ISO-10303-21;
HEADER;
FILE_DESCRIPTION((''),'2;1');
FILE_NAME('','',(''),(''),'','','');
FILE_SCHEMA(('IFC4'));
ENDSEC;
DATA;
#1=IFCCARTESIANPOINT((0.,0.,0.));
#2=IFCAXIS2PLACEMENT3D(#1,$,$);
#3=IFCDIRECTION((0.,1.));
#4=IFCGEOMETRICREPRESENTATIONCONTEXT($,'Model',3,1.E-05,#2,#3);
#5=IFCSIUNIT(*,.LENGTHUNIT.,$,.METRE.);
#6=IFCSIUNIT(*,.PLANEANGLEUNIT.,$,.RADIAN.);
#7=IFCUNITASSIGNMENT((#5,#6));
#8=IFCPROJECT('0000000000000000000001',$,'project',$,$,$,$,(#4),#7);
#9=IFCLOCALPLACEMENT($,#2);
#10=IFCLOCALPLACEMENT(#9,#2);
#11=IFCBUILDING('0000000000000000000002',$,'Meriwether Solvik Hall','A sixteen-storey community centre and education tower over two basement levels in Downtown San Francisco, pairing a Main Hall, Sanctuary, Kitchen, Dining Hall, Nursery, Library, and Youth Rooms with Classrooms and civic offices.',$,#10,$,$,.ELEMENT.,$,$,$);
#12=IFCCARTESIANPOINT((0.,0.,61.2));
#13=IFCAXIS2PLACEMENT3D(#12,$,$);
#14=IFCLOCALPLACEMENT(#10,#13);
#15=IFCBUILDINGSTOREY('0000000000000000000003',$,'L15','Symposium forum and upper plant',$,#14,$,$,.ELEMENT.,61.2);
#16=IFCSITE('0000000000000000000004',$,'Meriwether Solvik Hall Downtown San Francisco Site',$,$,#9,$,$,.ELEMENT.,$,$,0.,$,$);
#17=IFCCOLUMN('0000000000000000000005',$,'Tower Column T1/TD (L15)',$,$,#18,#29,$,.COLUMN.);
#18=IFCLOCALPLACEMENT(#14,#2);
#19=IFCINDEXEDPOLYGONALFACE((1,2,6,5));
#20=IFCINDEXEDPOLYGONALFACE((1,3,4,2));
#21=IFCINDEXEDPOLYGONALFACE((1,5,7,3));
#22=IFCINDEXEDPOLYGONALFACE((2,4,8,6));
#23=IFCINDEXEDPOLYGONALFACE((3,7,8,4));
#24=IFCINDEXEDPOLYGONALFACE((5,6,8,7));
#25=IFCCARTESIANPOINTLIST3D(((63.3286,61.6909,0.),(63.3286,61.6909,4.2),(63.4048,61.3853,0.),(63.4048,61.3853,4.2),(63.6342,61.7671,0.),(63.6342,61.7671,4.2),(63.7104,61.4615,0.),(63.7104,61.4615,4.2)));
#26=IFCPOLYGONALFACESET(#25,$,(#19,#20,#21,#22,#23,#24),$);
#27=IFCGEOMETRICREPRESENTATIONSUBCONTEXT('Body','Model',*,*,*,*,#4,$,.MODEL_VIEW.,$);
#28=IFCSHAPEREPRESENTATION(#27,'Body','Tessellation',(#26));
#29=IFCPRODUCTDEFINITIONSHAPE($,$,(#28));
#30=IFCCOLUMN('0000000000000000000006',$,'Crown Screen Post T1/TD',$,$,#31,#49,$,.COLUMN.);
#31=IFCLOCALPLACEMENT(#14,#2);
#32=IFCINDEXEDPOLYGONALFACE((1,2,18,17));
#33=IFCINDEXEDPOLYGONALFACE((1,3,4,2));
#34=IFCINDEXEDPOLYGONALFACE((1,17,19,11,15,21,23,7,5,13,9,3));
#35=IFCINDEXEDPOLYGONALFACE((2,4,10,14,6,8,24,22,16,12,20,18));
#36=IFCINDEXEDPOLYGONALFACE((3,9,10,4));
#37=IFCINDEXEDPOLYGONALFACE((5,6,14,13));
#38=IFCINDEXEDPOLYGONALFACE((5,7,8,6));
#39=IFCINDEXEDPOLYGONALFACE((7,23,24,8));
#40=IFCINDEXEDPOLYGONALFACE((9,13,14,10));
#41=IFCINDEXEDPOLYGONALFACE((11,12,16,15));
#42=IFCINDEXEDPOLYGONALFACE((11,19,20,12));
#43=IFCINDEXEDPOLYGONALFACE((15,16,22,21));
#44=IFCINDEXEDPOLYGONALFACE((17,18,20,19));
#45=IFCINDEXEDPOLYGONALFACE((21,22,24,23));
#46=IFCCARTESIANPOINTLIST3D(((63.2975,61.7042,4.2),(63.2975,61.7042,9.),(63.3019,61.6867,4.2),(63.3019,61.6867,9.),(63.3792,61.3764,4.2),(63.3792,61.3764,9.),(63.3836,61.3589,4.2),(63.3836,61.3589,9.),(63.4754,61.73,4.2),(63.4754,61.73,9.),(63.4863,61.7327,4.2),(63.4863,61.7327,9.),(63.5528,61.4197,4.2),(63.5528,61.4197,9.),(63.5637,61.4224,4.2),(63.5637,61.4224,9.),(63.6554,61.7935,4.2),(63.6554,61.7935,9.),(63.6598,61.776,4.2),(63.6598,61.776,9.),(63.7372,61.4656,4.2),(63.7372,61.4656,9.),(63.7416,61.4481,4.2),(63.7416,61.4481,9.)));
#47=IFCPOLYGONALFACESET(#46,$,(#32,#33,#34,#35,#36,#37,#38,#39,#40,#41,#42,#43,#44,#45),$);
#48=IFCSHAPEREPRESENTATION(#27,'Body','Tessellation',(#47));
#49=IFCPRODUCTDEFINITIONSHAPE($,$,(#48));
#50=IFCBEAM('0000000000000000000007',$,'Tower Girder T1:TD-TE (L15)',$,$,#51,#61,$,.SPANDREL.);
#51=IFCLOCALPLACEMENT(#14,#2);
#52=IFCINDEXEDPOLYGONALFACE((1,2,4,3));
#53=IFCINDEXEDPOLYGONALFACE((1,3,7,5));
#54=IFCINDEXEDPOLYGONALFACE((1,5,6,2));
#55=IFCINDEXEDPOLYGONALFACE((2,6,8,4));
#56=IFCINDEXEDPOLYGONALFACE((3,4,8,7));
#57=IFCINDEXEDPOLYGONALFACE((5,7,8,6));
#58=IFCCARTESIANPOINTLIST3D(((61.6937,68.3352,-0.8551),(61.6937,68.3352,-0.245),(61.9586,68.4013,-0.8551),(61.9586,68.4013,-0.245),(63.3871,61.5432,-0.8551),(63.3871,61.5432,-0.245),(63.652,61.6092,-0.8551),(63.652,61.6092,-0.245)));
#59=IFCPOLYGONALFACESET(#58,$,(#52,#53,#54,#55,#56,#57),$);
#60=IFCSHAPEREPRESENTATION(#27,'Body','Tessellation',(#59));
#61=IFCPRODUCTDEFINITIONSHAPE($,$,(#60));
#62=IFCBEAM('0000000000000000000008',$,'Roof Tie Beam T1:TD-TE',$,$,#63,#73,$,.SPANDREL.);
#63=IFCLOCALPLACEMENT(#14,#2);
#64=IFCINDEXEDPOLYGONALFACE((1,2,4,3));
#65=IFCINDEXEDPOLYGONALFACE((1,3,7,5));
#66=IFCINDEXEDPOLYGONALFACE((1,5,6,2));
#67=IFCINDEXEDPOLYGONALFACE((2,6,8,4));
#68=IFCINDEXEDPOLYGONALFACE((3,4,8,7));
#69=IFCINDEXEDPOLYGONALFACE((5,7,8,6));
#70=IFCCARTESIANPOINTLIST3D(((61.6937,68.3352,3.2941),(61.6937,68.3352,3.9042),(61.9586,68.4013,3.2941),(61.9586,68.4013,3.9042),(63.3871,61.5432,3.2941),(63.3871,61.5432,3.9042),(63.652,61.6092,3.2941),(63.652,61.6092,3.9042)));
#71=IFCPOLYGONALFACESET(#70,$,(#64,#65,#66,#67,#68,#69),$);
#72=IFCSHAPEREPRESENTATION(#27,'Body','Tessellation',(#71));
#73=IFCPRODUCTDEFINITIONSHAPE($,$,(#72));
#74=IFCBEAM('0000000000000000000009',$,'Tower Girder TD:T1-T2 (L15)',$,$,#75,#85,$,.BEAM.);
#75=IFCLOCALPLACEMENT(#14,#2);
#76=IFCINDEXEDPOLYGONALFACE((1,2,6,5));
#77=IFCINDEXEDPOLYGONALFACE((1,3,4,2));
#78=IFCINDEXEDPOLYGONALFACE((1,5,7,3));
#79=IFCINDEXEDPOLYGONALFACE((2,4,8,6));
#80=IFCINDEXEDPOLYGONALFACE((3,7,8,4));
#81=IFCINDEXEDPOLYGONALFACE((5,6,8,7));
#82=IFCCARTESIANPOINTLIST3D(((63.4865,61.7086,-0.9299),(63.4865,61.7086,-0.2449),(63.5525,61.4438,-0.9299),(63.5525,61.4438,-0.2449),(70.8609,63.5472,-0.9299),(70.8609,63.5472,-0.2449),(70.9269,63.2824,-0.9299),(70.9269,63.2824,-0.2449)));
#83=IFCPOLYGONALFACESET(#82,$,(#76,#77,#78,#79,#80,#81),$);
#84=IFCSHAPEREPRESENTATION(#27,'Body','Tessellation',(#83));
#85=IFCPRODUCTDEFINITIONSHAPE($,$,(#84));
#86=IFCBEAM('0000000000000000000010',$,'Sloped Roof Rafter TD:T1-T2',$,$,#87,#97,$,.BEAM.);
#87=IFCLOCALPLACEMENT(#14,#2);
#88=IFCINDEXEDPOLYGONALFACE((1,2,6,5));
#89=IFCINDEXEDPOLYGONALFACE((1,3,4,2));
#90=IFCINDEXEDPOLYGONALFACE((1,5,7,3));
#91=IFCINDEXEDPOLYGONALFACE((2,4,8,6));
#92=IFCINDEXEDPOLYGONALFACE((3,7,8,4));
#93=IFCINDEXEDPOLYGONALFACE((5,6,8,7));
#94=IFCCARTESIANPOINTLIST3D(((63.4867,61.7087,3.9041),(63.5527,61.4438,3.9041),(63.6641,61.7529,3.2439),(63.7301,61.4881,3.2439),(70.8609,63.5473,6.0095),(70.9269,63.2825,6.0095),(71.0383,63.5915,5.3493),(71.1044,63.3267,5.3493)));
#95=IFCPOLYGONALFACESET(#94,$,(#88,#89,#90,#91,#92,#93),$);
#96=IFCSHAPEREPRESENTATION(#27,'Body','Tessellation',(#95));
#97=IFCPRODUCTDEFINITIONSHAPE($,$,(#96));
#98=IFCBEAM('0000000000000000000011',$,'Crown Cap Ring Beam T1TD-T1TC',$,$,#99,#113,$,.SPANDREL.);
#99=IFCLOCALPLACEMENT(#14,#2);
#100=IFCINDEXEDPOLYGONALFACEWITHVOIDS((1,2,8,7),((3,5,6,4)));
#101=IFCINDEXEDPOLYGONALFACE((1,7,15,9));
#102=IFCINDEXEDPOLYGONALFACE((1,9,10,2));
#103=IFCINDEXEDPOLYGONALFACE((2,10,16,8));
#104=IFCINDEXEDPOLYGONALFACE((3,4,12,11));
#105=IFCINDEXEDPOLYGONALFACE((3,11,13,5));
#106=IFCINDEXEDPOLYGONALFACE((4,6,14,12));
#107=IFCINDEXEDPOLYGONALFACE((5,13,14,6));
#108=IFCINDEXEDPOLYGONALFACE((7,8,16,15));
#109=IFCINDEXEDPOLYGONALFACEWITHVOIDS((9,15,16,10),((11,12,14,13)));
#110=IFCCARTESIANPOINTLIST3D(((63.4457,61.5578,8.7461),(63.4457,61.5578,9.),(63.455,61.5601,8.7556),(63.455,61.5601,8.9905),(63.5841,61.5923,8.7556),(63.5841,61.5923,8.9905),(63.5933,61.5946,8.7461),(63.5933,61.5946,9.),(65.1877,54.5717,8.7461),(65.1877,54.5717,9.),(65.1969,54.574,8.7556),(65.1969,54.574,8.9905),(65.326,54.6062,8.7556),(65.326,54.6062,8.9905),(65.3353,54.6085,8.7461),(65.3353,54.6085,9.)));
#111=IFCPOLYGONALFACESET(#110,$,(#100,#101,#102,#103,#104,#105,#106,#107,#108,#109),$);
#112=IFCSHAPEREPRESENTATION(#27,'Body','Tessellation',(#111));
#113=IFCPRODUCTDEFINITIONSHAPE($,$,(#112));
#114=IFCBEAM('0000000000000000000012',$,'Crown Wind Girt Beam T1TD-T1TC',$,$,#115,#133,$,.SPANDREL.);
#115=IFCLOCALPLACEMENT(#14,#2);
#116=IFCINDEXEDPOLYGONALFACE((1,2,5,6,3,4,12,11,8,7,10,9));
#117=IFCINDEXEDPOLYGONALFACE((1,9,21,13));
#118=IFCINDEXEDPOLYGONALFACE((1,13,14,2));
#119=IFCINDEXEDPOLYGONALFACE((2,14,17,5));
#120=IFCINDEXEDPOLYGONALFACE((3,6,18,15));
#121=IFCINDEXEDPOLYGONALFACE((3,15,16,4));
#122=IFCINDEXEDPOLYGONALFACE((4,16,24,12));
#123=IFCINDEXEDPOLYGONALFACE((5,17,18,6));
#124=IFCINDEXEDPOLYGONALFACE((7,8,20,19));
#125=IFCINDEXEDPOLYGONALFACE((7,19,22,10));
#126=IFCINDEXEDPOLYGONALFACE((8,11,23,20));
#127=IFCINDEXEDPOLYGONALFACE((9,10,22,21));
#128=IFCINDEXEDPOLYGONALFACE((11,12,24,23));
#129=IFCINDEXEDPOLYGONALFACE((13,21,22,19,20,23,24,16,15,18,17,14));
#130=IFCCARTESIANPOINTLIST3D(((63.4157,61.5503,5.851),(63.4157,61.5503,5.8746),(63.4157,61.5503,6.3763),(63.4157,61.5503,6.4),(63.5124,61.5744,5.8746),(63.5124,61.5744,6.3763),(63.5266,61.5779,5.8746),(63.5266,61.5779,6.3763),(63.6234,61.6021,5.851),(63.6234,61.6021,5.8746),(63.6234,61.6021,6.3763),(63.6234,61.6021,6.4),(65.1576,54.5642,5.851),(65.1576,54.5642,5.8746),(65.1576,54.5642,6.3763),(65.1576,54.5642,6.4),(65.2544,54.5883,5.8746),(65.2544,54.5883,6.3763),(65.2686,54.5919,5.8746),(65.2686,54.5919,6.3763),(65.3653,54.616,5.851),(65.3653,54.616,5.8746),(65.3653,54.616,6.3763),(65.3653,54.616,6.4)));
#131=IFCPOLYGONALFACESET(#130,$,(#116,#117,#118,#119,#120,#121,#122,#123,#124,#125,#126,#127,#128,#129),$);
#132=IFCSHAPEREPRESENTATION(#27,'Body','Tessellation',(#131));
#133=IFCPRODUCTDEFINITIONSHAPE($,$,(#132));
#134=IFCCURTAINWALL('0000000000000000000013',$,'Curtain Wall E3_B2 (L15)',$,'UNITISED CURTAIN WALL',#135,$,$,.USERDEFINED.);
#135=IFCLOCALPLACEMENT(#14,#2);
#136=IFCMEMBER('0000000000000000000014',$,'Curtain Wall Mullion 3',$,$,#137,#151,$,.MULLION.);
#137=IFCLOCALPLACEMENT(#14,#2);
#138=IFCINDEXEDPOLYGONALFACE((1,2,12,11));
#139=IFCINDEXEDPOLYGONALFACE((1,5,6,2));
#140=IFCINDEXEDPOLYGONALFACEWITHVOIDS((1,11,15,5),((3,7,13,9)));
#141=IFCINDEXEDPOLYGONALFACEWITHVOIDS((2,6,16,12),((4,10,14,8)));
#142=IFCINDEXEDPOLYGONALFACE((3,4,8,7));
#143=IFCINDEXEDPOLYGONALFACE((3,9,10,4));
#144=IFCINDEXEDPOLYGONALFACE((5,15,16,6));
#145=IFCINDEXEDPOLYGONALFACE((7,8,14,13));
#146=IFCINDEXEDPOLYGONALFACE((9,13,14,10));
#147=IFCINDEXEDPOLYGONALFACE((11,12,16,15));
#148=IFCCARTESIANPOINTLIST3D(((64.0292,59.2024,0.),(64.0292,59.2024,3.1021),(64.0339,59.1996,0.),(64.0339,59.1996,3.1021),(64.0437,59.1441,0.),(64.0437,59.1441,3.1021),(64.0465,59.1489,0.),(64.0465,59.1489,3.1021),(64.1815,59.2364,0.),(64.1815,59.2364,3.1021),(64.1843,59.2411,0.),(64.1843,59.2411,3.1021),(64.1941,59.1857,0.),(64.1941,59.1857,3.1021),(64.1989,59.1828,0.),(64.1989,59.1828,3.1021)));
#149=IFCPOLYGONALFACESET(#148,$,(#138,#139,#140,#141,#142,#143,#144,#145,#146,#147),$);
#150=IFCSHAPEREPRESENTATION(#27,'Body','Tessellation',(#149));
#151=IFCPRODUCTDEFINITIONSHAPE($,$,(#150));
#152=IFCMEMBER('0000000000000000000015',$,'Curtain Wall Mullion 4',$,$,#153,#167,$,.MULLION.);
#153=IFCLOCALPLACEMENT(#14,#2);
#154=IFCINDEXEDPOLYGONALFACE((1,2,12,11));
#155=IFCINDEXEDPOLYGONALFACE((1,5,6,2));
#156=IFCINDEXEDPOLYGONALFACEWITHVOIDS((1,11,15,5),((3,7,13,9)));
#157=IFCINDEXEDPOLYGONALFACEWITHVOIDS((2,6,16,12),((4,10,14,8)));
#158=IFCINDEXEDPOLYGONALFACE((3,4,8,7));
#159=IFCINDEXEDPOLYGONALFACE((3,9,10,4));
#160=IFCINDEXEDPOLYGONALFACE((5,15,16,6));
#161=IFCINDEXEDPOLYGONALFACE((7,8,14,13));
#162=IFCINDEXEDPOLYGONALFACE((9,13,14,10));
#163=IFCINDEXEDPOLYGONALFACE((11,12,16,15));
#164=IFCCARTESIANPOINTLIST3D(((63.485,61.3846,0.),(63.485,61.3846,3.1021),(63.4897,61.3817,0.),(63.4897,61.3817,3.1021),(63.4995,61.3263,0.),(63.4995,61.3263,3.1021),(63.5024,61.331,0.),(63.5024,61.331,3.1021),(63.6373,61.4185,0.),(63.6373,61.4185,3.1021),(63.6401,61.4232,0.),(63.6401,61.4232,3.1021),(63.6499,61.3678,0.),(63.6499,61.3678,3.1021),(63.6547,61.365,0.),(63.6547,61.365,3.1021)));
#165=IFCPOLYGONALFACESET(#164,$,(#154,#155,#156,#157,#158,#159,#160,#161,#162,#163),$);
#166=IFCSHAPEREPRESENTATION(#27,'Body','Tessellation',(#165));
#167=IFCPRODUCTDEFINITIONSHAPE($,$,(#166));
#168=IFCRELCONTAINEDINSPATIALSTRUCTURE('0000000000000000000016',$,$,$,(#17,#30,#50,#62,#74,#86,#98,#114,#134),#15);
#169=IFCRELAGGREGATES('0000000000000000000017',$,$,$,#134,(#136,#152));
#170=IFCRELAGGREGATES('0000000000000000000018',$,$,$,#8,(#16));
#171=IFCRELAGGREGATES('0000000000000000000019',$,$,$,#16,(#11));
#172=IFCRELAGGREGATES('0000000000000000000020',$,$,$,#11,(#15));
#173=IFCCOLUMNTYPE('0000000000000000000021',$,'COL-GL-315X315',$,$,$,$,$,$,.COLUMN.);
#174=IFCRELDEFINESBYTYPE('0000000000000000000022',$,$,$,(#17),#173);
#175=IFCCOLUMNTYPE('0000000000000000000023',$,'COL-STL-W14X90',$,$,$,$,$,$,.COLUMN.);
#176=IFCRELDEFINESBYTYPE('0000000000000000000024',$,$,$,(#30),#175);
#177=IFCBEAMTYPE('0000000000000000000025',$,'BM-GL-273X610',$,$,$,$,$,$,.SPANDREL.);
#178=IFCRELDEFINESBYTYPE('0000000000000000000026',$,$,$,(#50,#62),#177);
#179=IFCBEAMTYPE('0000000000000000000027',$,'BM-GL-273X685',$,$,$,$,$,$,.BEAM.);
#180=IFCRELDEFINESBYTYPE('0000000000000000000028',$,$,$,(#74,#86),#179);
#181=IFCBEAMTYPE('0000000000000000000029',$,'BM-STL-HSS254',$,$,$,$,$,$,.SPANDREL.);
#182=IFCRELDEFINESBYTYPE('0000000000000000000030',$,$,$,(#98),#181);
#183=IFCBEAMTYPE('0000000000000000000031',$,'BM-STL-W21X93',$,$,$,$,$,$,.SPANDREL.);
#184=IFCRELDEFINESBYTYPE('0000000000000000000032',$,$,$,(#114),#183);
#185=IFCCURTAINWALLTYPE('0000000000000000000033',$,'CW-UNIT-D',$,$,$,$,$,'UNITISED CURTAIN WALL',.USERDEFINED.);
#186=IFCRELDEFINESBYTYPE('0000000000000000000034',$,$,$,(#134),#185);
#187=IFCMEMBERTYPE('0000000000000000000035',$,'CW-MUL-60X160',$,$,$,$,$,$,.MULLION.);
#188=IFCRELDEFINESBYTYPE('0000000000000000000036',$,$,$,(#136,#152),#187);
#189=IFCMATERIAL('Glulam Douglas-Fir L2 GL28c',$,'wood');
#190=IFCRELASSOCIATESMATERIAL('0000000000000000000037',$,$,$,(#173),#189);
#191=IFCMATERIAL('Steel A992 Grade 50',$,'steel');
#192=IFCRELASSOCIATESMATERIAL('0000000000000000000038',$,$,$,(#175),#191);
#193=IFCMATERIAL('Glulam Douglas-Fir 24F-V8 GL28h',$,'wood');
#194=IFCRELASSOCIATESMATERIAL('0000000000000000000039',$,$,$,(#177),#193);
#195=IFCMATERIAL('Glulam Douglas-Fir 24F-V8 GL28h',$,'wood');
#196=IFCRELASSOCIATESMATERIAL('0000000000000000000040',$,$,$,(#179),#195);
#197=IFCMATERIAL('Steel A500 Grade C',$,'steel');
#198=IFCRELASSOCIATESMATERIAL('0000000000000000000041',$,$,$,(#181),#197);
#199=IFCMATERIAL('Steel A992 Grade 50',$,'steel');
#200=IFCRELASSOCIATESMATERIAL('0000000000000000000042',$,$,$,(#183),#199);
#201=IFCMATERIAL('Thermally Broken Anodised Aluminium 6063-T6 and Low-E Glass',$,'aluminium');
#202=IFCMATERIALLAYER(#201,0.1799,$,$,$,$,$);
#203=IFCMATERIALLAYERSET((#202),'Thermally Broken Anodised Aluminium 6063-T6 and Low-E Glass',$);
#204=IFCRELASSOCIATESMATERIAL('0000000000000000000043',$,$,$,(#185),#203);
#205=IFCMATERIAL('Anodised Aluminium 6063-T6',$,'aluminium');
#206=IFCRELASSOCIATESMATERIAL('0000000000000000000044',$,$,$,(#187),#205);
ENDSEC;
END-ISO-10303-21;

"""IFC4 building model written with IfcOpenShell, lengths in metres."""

from ifc_helpers import new_model, si_unit, direction, frame, origin, origin_2d, place, context, subcontext, project, spatial, rectangle, hollow_rectangle, i_section, extrude, material, layer, layer_set, material_profile, profile_set, type_object, element, aggregate, save


model = new_model("IFC4")

# Units and contexts
model_context = context("Model", 3, precision=1e-05, world=origin(), true_north=direction((0.0, 1.0)))
body_context = subcontext(model_context, "Body", "Model", "MODEL_VIEW")
ifc_project = project(units=[si_unit("LENGTHUNIT", "METRE"), si_unit("PLANEANGLEUNIT", "RADIAN")], contexts=[model_context])

# Site, building, storey
site_placement = place(None, origin())
site = spatial("IfcSite", under=ifc_project, at=site_placement, Name="Meriwether Solvik Hall Downtown San Francisco Site", CompositionType="ELEMENT", RefElevation=0.0)
building_placement = place(site_placement, origin())
building = spatial("IfcBuilding", under=site, at=building_placement, Name="Meriwether Solvik Hall", Description="A sixteen-storey community centre and education tower over two basement levels in Downtown San Francisco, pairing a Main Hall, Sanctuary, Kitchen, Dining Hall, Nursery, Library, and Youth Rooms with Classrooms and civic offices.", CompositionType="ELEMENT")
storey_placement = place(building_placement, frame((0.0, 0.0, 61.2)))
storey = spatial("IfcBuildingStorey", under=building, at=storey_placement, Name="L15", Description="Symposium forum and upper plant", CompositionType="ELEMENT", Elevation=61.2)

# Columns
ifc_material_1 = material(Name="Glulam Douglas-Fir L2 GL28c", Category="wood")
ifc_material_profile_1 = material_profile(ifc_material_1, rectangle(XDim=0.3149, YDim=0.3149, at=origin_2d()), Name="GLC-315X315")
ifc_profile_set_1 = profile_set([ifc_material_profile_1], Name="Glulam Douglas-Fir L2 GL28c")
column_type_1 = type_object("IfcColumnType", Name="COL-GL-315X315", PredefinedType="COLUMN", material=ifc_profile_set_1)
column_1_placement = place(storey_placement, frame((63.5195, 61.5762, 0.0), z_axis=(0.0, 0.0, 1.0), x_axis=(0.970296, 0.241922, 0.0)))
element("IfcColumn", 1, at=column_1_placement, inside=storey, type_object=column_type_1, Name="Tower Column T1/TD (L15)", PredefinedType="COLUMN", context=body_context, shape_type="SweptSolid", body=[
    extrude(rectangle(XDim=0.3149, YDim=0.3149, at=origin_2d()), origin(), (0.0, 0.0, 1.0), 4.2),
])
ifc_material_2 = material(Name="Steel A992 Grade 50", Category="steel")
ifc_material_profile_2 = material_profile(ifc_material_2, i_section(OverallWidth=0.3689, OverallDepth=0.356, WebThickness=0.0112, FlangeThickness=0.0181, at=origin_2d()), Name="W14X90")
ifc_profile_set_2 = profile_set([ifc_material_profile_2], Name="Steel A992 Grade 50")
column_type_2 = type_object("IfcColumnType", Name="COL-STL-W14X90", PredefinedType="COLUMN", material=ifc_profile_set_2)
column_2_placement = place(storey_placement, frame((63.5195, 61.5762, 4.2), z_axis=(0.0, 0.0, 1.0), x_axis=(0.970296, 0.241922, 0.0)))
element("IfcColumn", 2, at=column_2_placement, inside=storey, type_object=column_type_2, Name="Crown Screen Post T1/TD", PredefinedType="COLUMN", context=body_context, shape_type="SweptSolid", body=[
    extrude(i_section(OverallWidth=0.3689, OverallDepth=0.356, WebThickness=0.0112, FlangeThickness=0.0181, at=origin_2d()), origin(), (0.0, 0.0, 1.0), 4.8),
])

# Beams
ifc_material_3 = material(Name="Glulam Douglas-Fir 24F-V8 GL28h", Category="wood")
ifc_material_profile_3 = material_profile(ifc_material_3, rectangle(XDim=0.2729, YDim=0.6101, at=origin_2d()), Name="GLB-273X610")
ifc_profile_set_3 = profile_set([ifc_material_profile_3], Name="Glulam Douglas-Fir 24F-V8 GL28h")
beam_type_1 = type_object("IfcBeamType", Name="BM-GL-273X610", PredefinedType="SPANDREL", material=ifc_profile_set_3)
for number, where, z_axis, x_axis, name in (
    (3, (63.5195, 61.5762, -0.55), (-0.241912, 0.970298, 0.0), (-0.970298, -0.241912, 0.0), "Tower Girder T1:TD-TE (L15)"),
    (4, (63.5195, 61.5762, 3.5991), (-0.241912, 0.970298, 0.0), (-0.970298, -0.241912, 0.0), "Roof Tie Beam T1:TD-TE"),
):
    element("IfcBeam", number, at=place(storey_placement, frame(where, z_axis=z_axis, x_axis=x_axis)), inside=storey, type_object=beam_type_1, Name=name, PredefinedType="SPANDREL", context=body_context, shape_type="SweptSolid", body=[
        extrude(rectangle(XDim=0.2729, YDim=0.6101, at=origin_2d()), origin(), (0.0, 0.0, 1.0), 7.0),
    ])
ifc_material_4 = material(Name="Glulam Douglas-Fir 24F-V8 GL28h", Category="wood")
ifc_material_profile_4 = material_profile(ifc_material_4, rectangle(XDim=0.2729, YDim=0.6851, at=origin_2d()), Name="GLB-273X685")
ifc_profile_set_4 = profile_set([ifc_material_profile_4], Name="Glulam Douglas-Fir 24F-V8 GL28h")
beam_type_2 = type_object("IfcBeamType", Name="BM-GL-273X685", PredefinedType="BEAM", material=ifc_profile_set_4)
beam_1_placement = place(storey_placement, frame((63.5195, 61.5762, -0.5874), z_axis=(0.970295, 0.241923, 0.0), x_axis=(-0.241923, 0.970295, 0.0)))
element("IfcBeam", 5, at=beam_1_placement, inside=storey, type_object=beam_type_2, Name="Tower Girder TD:T1-T2 (L15)", PredefinedType="BEAM", context=body_context, shape_type="SweptSolid", body=[
    extrude(rectangle(XDim=0.2729, YDim=0.6851, at=origin_2d()), origin(), (0.0, 0.0, 1.0), 7.6001),
])
beam_2_placement = place(storey_placement, frame((63.6084, 61.5984, 3.574), z_axis=(0.935076, 0.233142, 0.266979), x_axis=(-0.241923, 0.970295, 0.0)))
element("IfcBeam", 6, at=beam_2_placement, inside=storey, type_object=beam_type_2, Name="Sloped Roof Rafter TD:T1-T2", PredefinedType="BEAM", context=body_context, shape_type="SweptSolid", body=[
    extrude(rectangle(XDim=0.2729, YDim=0.6851, at=origin_2d()), origin(), (0.0, 0.0, 1.0), 7.8862),
])
ifc_material_5 = material(Name="Steel A500 Grade C", Category="steel")
ifc_material_profile_5 = material_profile(ifc_material_5, hollow_rectangle(XDim=0.1521, YDim=0.2539, WallThickness=0.0095, at=origin_2d()), Name="HSS254X152X9.5")
ifc_profile_set_5 = profile_set([ifc_material_profile_5], Name="Steel A500 Grade C")
beam_type_3 = type_object("IfcBeamType", Name="BM-STL-HSS254", PredefinedType="SPANDREL", material=ifc_profile_set_5)
beam_3_placement = place(storey_placement, frame((63.5195, 61.5762, 8.873), z_axis=(0.241937, -0.970292, 0.0), x_axis=(0.970292, 0.241937, 0.0)))
element("IfcBeam", 7, at=beam_3_placement, inside=storey, type_object=beam_type_3, Name="Crown Cap Ring Beam T1TD-T1TC", PredefinedType="SPANDREL", context=body_context, shape_type="SweptSolid", body=[
    extrude(hollow_rectangle(XDim=0.1521, YDim=0.2539, WallThickness=0.0095, at=origin_2d()), origin(), (0.0, 0.0, 1.0), 7.2),
])
ifc_material_6 = material(Name="Steel A992 Grade 50", Category="steel")
ifc_material_profile_6 = material_profile(ifc_material_6, i_section(OverallWidth=0.2141, OverallDepth=0.5491, WebThickness=0.0146, FlangeThickness=0.0237, at=origin_2d()), Name="W21X93")
ifc_profile_set_6 = profile_set([ifc_material_profile_6], Name="Steel A992 Grade 50")
beam_type_4 = type_object("IfcBeamType", Name="BM-STL-W21X93", PredefinedType="SPANDREL", material=ifc_profile_set_6)
beam_4_placement = place(storey_placement, frame((63.5195, 61.5762, 6.1255), z_axis=(0.241937, -0.970292, 0.0), x_axis=(0.970292, 0.241937, 0.0)))
element("IfcBeam", 8, at=beam_4_placement, inside=storey, type_object=beam_type_4, Name="Crown Wind Girt Beam T1TD-T1TC", PredefinedType="SPANDREL", context=body_context, shape_type="SweptSolid", body=[
    extrude(i_section(OverallWidth=0.2141, OverallDepth=0.5491, WebThickness=0.0146, FlangeThickness=0.0237, at=origin_2d()), origin(), (0.0, 0.0, 1.0), 7.2),
])

# Curtain wall, members
ifc_material_7 = material(Name="Thermally Broken Anodised Aluminium 6063-T6 and Low-E Glass", Category="aluminium")
ifc_layer_1 = layer(ifc_material_7, 0.1799)
ifc_layer_set_1 = layer_set([ifc_layer_1], Name="Thermally Broken Anodised Aluminium 6063-T6 and Low-E Glass")
curtain_wall_type_1 = type_object("IfcCurtainWallType", Name="CW-UNIT-D", ElementType="UNITISED CURTAIN WALL", PredefinedType="USERDEFINED", material=ifc_layer_set_1)
curtain_wall_1_placement = place(storey_placement, origin())
curtain_wall_1 = element("IfcCurtainWall", 9, at=curtain_wall_1_placement, inside=storey, type_object=curtain_wall_type_1, Name="Curtain Wall E3_B2 (L15)", ObjectType="UNITISED CURTAIN WALL", PredefinedType="USERDEFINED")
ifc_material_8 = material(Name="Anodised Aluminium 6063-T6", Category="aluminium")
ifc_material_profile_7 = material_profile(ifc_material_8, hollow_rectangle(XDim=0.0601, YDim=0.1599, WallThickness=0.0039, at=origin_2d()), Name="CWM-60X160")
ifc_profile_set_7 = profile_set([ifc_material_profile_7], Name="Anodised Aluminium 6063-T6")
member_type_1 = type_object("IfcMemberType", Name="CW-MUL-60X160", PredefinedType="MULLION", material=ifc_profile_set_7)
member_1_placement = place(storey_placement, frame((64.114, 59.1926, 0.0), z_axis=(0.0, 0.0, 1.0), x_axis=(-0.241922, 0.970296, 0.0)))
member_1 = element("IfcMember", 10, at=member_1_placement, type_object=member_type_1, Name="Curtain Wall Mullion 3", PredefinedType="MULLION", context=body_context, shape_type="SweptSolid", body=[
    extrude(hollow_rectangle(XDim=0.0601, YDim=0.1599, WallThickness=0.0039, at=origin_2d()), origin(), (0.0, 0.0, 1.0), 3.1021),
])
member_2_placement = place(storey_placement, frame((63.5698, 61.3748, 0.0), z_axis=(0.0, 0.0, 1.0), x_axis=(-0.241922, 0.970296, 0.0)))
member_2 = element("IfcMember", 11, at=member_2_placement, type_object=member_type_1, Name="Curtain Wall Mullion 4", PredefinedType="MULLION", context=body_context, shape_type="SweptSolid", body=[
    extrude(hollow_rectangle(XDim=0.0601, YDim=0.1599, WallThickness=0.0039, at=origin_2d()), origin(), (0.0, 0.0, 1.0), 3.1021),
])

aggregate(curtain_wall_1, [member_1, member_2])

save(model, "model.ifc")
